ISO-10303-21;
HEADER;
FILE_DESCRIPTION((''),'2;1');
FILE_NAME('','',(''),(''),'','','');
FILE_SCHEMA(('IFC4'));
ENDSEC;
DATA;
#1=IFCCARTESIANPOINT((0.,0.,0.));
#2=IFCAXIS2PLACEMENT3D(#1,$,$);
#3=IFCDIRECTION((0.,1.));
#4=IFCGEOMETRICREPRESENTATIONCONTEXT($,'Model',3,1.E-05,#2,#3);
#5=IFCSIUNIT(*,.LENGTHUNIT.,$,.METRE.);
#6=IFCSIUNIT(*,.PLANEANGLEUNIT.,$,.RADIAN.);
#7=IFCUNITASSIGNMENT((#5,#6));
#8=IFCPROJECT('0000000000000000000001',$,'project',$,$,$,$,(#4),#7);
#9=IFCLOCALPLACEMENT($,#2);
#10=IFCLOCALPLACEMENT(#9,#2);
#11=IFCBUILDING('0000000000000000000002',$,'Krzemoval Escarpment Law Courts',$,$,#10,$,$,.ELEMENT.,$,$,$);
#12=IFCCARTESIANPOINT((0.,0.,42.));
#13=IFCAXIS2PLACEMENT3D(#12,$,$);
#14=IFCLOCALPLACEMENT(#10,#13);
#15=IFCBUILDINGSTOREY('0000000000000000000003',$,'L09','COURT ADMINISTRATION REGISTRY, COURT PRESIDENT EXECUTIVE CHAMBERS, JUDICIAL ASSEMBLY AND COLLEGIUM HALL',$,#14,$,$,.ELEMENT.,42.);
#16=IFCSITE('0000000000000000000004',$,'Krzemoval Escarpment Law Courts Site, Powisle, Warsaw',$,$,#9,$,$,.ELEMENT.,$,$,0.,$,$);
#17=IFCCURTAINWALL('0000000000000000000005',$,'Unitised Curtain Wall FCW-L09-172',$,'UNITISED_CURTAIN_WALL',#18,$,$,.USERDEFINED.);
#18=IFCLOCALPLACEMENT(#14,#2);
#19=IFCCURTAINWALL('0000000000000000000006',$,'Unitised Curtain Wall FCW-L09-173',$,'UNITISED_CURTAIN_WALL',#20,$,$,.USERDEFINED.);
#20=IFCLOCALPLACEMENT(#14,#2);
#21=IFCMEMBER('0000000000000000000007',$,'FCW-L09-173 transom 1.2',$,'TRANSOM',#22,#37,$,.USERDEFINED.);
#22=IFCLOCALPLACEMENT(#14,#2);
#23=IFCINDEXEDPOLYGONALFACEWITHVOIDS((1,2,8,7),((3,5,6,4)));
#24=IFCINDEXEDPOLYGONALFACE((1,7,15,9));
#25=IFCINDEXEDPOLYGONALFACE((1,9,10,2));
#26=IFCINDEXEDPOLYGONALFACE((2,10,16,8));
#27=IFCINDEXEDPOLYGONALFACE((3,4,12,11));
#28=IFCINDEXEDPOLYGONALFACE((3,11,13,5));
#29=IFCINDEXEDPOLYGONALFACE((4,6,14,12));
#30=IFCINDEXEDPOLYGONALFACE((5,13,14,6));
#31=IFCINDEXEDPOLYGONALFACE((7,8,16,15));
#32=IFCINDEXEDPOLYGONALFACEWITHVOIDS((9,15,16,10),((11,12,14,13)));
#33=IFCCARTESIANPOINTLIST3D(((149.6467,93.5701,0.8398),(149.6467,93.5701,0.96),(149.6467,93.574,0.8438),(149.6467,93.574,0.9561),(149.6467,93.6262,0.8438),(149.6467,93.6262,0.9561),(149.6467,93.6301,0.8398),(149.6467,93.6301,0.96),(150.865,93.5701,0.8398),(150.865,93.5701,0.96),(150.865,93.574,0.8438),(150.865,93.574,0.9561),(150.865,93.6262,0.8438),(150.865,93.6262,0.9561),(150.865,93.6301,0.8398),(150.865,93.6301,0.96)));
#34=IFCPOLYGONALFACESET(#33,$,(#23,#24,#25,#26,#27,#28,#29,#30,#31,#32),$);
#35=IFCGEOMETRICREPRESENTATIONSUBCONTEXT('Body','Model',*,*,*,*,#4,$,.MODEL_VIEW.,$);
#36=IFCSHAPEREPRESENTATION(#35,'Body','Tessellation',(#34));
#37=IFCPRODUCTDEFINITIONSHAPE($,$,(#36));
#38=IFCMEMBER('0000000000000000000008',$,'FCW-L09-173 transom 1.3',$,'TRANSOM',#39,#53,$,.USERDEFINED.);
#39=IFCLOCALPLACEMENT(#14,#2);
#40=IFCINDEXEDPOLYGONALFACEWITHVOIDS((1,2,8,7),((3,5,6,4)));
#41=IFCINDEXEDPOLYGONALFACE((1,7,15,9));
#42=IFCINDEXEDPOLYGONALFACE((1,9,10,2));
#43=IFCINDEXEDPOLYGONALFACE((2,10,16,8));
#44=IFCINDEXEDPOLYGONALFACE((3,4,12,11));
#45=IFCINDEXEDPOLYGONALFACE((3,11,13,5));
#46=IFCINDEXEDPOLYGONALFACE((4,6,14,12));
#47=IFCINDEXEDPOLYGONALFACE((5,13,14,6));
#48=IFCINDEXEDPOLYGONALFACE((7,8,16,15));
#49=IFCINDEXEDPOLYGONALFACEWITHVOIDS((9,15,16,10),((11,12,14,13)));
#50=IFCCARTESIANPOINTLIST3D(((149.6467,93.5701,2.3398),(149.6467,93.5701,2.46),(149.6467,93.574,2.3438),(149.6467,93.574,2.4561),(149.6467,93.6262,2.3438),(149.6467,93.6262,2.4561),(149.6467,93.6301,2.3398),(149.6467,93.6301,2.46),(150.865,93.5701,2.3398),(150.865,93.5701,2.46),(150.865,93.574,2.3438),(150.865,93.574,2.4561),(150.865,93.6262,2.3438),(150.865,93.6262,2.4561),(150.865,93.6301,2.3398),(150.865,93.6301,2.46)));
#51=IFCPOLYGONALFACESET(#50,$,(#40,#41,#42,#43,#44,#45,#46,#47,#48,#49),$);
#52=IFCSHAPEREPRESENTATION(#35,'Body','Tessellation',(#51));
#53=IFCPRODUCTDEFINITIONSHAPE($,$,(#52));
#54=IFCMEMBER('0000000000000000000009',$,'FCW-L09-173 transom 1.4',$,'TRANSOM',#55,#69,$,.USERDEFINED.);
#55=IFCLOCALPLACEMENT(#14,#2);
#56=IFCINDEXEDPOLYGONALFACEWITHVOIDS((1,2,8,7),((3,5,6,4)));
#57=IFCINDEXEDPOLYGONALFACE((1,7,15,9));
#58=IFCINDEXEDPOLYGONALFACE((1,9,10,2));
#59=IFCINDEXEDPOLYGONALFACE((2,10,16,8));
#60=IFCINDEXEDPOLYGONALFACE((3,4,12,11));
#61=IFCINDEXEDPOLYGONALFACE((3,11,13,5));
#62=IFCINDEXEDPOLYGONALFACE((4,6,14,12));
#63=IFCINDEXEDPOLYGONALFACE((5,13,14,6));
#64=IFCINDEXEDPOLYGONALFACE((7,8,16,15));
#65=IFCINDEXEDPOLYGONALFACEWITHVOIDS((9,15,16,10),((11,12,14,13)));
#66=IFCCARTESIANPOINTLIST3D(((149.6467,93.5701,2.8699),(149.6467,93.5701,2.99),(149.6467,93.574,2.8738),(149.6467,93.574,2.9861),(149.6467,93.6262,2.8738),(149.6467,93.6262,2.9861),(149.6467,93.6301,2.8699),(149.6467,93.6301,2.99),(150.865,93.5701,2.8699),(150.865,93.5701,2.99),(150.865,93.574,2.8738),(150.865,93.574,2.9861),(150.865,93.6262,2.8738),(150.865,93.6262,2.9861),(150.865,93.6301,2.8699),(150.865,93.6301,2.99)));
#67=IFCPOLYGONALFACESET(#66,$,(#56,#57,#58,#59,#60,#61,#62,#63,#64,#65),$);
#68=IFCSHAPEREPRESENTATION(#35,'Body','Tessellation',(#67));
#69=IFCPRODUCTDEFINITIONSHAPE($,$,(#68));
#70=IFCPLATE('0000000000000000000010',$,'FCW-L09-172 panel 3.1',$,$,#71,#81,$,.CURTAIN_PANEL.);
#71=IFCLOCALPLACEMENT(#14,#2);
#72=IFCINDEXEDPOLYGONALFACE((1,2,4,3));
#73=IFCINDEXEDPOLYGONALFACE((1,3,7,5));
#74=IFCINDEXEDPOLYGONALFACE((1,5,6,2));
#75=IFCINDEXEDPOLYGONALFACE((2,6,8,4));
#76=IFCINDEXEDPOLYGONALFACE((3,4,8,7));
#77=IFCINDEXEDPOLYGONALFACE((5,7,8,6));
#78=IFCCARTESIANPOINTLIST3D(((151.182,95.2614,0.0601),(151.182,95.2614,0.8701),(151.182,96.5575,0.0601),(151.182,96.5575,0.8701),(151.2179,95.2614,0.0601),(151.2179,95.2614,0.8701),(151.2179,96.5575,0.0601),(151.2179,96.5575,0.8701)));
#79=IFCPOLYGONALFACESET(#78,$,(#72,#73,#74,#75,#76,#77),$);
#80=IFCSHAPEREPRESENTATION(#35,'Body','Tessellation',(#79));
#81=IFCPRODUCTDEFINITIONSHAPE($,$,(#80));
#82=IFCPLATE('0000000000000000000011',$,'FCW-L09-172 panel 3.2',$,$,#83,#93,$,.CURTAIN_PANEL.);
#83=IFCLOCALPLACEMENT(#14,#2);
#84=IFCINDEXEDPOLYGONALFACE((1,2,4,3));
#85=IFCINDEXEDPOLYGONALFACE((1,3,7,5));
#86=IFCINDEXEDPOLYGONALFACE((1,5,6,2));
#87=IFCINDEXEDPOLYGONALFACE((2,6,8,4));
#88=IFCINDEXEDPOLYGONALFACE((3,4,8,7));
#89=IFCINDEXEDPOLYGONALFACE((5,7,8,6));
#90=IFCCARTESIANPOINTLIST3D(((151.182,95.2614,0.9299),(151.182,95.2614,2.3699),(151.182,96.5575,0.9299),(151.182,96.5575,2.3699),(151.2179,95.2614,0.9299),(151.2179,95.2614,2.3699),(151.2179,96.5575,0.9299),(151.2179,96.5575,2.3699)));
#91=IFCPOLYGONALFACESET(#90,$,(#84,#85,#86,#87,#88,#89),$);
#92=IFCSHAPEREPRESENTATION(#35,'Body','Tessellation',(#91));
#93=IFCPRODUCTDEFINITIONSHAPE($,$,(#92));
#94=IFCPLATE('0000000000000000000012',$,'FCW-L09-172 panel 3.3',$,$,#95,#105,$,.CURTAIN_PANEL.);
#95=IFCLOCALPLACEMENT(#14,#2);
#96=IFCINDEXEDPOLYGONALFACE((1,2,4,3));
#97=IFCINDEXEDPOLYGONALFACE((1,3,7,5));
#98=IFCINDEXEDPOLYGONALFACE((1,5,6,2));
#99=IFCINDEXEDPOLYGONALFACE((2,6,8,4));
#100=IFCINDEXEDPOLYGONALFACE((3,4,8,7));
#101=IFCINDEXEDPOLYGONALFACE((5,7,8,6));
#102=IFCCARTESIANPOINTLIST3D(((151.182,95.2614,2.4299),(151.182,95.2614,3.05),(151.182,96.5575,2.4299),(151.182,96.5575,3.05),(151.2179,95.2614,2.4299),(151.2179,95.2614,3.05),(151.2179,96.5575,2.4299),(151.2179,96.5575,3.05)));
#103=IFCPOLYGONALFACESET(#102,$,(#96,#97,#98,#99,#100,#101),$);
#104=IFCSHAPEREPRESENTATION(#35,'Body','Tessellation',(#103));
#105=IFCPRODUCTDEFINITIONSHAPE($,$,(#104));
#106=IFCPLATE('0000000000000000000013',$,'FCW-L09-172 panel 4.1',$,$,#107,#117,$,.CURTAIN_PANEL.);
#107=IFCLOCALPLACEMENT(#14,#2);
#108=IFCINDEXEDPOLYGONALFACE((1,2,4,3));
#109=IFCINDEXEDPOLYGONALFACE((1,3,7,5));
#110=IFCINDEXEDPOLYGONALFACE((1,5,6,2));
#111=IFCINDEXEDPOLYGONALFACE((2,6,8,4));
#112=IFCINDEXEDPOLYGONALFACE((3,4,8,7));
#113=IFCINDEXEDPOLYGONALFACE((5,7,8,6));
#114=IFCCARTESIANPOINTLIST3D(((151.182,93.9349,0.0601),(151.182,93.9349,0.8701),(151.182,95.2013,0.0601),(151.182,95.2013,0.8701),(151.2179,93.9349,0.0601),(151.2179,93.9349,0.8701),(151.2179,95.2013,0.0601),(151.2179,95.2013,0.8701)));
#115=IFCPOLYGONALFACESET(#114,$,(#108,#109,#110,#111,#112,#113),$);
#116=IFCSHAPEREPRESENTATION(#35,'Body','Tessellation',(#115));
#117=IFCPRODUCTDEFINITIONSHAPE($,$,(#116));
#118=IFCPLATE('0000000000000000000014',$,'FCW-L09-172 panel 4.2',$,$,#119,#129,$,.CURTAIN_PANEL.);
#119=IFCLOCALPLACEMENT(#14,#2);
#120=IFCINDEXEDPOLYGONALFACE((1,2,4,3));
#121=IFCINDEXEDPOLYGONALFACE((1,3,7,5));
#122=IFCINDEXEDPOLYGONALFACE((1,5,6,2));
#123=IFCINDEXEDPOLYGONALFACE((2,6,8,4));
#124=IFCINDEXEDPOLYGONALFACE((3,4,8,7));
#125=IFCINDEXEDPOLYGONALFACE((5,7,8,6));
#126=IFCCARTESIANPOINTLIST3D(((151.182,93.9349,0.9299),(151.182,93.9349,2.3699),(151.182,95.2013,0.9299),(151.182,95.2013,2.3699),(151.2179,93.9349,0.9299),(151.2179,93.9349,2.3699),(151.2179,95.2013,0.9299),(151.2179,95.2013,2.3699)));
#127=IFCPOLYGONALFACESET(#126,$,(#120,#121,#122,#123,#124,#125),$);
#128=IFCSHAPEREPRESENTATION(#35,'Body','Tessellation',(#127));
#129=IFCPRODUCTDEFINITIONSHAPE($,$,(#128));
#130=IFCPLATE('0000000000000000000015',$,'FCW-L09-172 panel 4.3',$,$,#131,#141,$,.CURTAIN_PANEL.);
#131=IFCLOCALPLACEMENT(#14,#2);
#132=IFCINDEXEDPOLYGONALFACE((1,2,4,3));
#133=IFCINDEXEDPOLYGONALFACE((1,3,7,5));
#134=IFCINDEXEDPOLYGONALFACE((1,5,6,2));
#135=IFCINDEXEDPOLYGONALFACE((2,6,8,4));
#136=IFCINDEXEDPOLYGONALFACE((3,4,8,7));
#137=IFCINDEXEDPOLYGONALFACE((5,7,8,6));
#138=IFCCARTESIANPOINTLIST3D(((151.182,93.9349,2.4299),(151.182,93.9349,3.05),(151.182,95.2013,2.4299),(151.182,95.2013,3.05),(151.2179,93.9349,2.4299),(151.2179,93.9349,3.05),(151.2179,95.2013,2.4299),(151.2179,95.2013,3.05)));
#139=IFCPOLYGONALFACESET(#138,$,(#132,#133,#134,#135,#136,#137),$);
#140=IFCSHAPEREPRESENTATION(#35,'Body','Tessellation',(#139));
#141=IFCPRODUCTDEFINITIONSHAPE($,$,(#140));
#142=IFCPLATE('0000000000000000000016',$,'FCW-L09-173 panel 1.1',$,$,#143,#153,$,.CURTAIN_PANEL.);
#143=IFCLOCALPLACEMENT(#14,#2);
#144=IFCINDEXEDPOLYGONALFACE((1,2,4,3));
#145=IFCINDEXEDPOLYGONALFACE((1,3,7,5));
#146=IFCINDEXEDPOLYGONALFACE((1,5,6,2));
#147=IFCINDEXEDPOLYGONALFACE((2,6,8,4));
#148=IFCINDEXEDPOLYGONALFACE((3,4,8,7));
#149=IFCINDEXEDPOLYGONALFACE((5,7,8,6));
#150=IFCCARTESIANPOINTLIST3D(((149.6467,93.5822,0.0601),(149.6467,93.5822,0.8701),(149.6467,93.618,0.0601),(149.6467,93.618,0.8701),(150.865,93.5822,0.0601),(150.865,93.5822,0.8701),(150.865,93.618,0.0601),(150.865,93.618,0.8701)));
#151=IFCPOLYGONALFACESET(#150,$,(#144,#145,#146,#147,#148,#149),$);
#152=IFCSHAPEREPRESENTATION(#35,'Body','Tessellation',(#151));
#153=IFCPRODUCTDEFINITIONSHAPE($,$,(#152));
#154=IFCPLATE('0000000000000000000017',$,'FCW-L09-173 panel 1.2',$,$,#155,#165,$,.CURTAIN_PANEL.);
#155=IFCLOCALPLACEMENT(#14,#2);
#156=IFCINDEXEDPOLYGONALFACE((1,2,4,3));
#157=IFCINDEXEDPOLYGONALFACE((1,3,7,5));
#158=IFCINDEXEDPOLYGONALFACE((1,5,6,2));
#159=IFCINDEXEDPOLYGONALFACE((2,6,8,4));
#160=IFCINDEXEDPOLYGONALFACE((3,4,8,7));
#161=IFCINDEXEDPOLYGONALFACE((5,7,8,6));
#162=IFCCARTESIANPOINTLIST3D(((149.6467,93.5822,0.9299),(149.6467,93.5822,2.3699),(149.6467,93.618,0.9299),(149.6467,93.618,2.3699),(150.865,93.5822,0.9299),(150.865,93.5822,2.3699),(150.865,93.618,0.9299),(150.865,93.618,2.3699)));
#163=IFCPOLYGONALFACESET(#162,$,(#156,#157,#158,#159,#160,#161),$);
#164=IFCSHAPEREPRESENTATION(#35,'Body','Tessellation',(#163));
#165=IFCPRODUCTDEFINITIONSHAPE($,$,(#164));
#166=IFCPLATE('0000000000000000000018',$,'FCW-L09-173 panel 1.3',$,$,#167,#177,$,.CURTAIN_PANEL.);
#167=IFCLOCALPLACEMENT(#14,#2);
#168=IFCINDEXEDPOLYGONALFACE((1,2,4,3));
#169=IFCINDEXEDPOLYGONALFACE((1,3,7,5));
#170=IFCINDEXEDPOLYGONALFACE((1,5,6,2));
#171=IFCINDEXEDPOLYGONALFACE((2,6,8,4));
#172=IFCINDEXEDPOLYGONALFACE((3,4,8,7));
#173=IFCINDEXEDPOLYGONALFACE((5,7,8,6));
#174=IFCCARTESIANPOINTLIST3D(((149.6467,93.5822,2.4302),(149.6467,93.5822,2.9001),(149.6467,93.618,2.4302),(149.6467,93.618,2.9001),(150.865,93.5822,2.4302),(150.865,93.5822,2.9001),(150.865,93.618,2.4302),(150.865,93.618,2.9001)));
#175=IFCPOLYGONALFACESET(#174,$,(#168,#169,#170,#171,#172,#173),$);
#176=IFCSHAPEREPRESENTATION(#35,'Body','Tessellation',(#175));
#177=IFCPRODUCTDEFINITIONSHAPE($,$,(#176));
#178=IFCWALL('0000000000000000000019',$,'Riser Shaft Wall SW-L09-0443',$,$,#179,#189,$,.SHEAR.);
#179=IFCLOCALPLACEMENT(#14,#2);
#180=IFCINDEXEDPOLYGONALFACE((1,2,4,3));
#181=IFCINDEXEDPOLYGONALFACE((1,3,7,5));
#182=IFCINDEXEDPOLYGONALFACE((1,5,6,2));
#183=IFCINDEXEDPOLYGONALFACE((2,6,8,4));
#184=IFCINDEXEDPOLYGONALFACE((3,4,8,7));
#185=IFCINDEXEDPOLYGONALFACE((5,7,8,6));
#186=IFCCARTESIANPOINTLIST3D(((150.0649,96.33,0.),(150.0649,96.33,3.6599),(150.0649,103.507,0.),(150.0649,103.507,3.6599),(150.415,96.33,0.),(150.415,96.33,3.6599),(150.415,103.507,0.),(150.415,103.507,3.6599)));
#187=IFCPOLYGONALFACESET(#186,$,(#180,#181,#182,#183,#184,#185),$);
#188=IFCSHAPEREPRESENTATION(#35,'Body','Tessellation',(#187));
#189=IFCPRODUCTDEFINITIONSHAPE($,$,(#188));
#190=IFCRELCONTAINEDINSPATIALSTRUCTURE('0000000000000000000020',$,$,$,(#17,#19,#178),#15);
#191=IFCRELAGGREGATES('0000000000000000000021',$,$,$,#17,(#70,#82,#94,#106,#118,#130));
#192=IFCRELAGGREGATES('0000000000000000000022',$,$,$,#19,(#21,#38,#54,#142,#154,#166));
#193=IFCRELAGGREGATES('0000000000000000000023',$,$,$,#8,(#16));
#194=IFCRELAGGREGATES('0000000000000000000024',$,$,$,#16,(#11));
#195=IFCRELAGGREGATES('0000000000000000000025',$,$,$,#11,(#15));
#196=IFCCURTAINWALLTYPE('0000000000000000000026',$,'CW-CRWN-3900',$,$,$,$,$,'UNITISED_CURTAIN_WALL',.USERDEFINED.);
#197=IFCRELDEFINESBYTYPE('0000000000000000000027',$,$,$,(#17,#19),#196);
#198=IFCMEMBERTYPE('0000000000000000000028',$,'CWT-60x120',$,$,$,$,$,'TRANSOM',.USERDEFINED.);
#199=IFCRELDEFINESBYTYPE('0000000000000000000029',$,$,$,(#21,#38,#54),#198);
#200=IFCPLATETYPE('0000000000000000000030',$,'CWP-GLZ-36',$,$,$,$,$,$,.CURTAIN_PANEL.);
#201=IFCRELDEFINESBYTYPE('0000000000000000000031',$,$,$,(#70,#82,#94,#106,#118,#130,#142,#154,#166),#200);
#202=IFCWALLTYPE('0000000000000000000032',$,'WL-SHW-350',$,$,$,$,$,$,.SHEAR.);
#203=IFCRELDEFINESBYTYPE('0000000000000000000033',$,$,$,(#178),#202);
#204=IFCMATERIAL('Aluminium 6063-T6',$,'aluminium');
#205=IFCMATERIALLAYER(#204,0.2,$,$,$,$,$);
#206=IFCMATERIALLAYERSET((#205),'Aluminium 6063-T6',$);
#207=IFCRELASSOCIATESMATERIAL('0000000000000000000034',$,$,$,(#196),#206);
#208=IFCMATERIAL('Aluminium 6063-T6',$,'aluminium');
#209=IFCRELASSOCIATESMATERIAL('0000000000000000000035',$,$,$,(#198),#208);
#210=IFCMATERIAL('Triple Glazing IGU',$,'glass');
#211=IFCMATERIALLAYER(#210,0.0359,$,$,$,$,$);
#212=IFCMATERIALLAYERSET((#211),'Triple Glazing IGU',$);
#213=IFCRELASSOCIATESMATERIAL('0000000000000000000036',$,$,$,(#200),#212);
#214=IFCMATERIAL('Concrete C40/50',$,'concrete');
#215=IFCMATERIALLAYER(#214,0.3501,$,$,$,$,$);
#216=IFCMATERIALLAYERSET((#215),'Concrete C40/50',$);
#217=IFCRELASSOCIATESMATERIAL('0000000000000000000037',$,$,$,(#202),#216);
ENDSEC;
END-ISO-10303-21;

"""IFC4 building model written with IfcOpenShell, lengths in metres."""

from ifc_helpers import new_model, si_unit, direction, frame, frame_2d, origin, origin_2d, place, context, subcontext, project, spatial, rectangle, hollow_rectangle, extrude, material, layer, layer_set, material_profile, profile_set, type_object, element, aggregate, save


model = new_model("IFC4")

# Units and contexts
model_context = context("Model", 3, precision=1e-05, world=origin(), true_north=direction((0.0, 1.0)))
body_context = subcontext(model_context, "Body", "Model", "MODEL_VIEW")
ifc_project = project(units=[si_unit("LENGTHUNIT", "METRE"), si_unit("PLANEANGLEUNIT", "RADIAN")], contexts=[model_context])

# Site, building, storey
site_placement = place(None, origin())
site = spatial("IfcSite", under=ifc_project, at=site_placement, Name="Krzemoval Escarpment Law Courts Site, Powisle, Warsaw", CompositionType="ELEMENT", RefElevation=0.0)
building_placement = place(site_placement, origin())
building = spatial("IfcBuilding", under=site, at=building_placement, Name="Krzemoval Escarpment Law Courts", CompositionType="ELEMENT")
storey_placement = place(building_placement, frame((0.0, 0.0, 42.0)))
storey = spatial("IfcBuildingStorey", under=building, at=storey_placement, Name="L09", Description="COURT ADMINISTRATION REGISTRY, COURT PRESIDENT EXECUTIVE CHAMBERS, JUDICIAL ASSEMBLY AND COLLEGIUM HALL", CompositionType="ELEMENT", Elevation=42.0)

# Curtain walls
ifc_material_1 = material(Name="Aluminium 6063-T6", Category="aluminium")
ifc_layer_1 = layer(ifc_material_1, 0.2)
ifc_layer_set_1 = layer_set([ifc_layer_1], Name="Aluminium 6063-T6")
curtain_wall_type = type_object("IfcCurtainWallType", Name="CW-CRWN-3900", ElementType="UNITISED_CURTAIN_WALL", PredefinedType="USERDEFINED", material=ifc_layer_set_1)
curtain_wall_1_placement = place(storey_placement, origin())
curtain_wall_1 = element("IfcCurtainWall", 1, at=curtain_wall_1_placement, inside=storey, type_object=curtain_wall_type, Name="Unitised Curtain Wall FCW-L09-172", ObjectType="UNITISED_CURTAIN_WALL", PredefinedType="USERDEFINED")
curtain_wall_2_placement = place(storey_placement, origin())
curtain_wall_2 = element("IfcCurtainWall", 2, at=curtain_wall_2_placement, inside=storey, type_object=curtain_wall_type, Name="Unitised Curtain Wall FCW-L09-173", ObjectType="UNITISED_CURTAIN_WALL", PredefinedType="USERDEFINED")

# Members
ifc_material_2 = material(Name="Aluminium 6063-T6", Category="aluminium")
ifc_material_profile_1 = material_profile(ifc_material_2, hollow_rectangle(XDim=0.0601, YDim=0.1201, WallThickness=0.0039, at=origin_2d()), Name="ALU T60x120")
ifc_profile_set_1 = profile_set([ifc_material_profile_1], Name="Aluminium 6063-T6")
member_type_1 = type_object("IfcMemberType", Name="CWT-60x120", ElementType="TRANSOM", PredefinedType="USERDEFINED", material=ifc_profile_set_1)
member_1_placement = place(storey_placement, frame((150.865, 93.6001, 0.8999), z_axis=(-1.0, 0.0, 0.0), x_axis=(0.0, -1.0, 0.0)))
member_1 = element("IfcMember", 3, at=member_1_placement, type_object=member_type_1, Name="FCW-L09-173 transom 1.2", ObjectType="TRANSOM", PredefinedType="USERDEFINED", context=body_context, shape_type="SweptSolid", body=[
    extrude(hollow_rectangle(XDim=0.0601, YDim=0.1201, WallThickness=0.0039, at=origin_2d()), origin(), (0.0, 0.0, 1.0), 1.2183),
])
member_2_placement = place(storey_placement, frame((150.865, 93.6001, 2.3999), z_axis=(-1.0, 0.0, 0.0), x_axis=(0.0, -1.0, 0.0)))
member_2 = element("IfcMember", 4, at=member_2_placement, type_object=member_type_1, Name="FCW-L09-173 transom 1.3", ObjectType="TRANSOM", PredefinedType="USERDEFINED", context=body_context, shape_type="SweptSolid", body=[
    extrude(hollow_rectangle(XDim=0.0601, YDim=0.1201, WallThickness=0.0039, at=origin_2d()), origin(), (0.0, 0.0, 1.0), 1.2183),
])
member_3_placement = place(storey_placement, frame((150.865, 93.6001, 2.9299), z_axis=(-1.0, 0.0, 0.0), x_axis=(0.0, -1.0, 0.0)))
member_3 = element("IfcMember", 5, at=member_3_placement, type_object=member_type_1, Name="FCW-L09-173 transom 1.4", ObjectType="TRANSOM", PredefinedType="USERDEFINED", context=body_context, shape_type="SweptSolid", body=[
    extrude(hollow_rectangle(XDim=0.0601, YDim=0.1201, WallThickness=0.0039, at=origin_2d()), origin(), (0.0, 0.0, 1.0), 1.2183),
])

# Plates
ifc_material_3 = material(Name="Triple Glazing IGU", Category="glass")
ifc_layer_2 = layer(ifc_material_3, 0.0359)
ifc_layer_set_2 = layer_set([ifc_layer_2], Name="Triple Glazing IGU")
plate_type = type_object("IfcPlateType", Name="CWP-GLZ-36", PredefinedType="CURTAIN_PANEL", material=ifc_layer_set_2)
plate_1_placement = place(storey_placement, frame((151.2, 95.9094, 0.0601), z_axis=(0.0, 0.0, 1.0), x_axis=(0.0, -1.0, 0.0)))
plate_1 = element("IfcPlate", 6, at=plate_1_placement, type_object=plate_type, Name="FCW-L09-172 panel 3.1", PredefinedType="CURTAIN_PANEL", context=body_context, shape_type="SweptSolid", body=[
    extrude(rectangle(XDim=1.2961, YDim=0.0359, at=origin_2d()), origin(), (0.0, 0.0, 1.0), 0.8101),
])
plate_2_placement = place(storey_placement, frame((151.2, 95.9094, 0.9299), z_axis=(0.0, 0.0, 1.0), x_axis=(0.0, -1.0, 0.0)))
plate_2 = element("IfcPlate", 7, at=plate_2_placement, type_object=plate_type, Name="FCW-L09-172 panel 3.2", PredefinedType="CURTAIN_PANEL", context=body_context, shape_type="SweptSolid", body=[
    extrude(rectangle(XDim=1.2961, YDim=0.0359, at=origin_2d()), origin(), (0.0, 0.0, 1.0), 1.4399),
])
plate_3_placement = place(storey_placement, frame((151.2, 95.9094, 2.4299), z_axis=(0.0, 0.0, 1.0), x_axis=(0.0, -1.0, 0.0)))
plate_3 = element("IfcPlate", 8, at=plate_3_placement, type_object=plate_type, Name="FCW-L09-172 panel 3.3", PredefinedType="CURTAIN_PANEL", context=body_context, shape_type="SweptSolid", body=[
    extrude(rectangle(XDim=1.2961, YDim=0.0359, at=origin_2d()), origin(), (0.0, 0.0, 1.0), 0.6201),
])
plate_4_placement = place(storey_placement, frame((151.2, 94.5681, 0.0601), z_axis=(0.0, 0.0, 1.0), x_axis=(0.0, -1.0, 0.0)))
plate_4 = element("IfcPlate", 9, at=plate_4_placement, type_object=plate_type, Name="FCW-L09-172 panel 4.1", PredefinedType="CURTAIN_PANEL", context=body_context, shape_type="SweptSolid", body=[
    extrude(rectangle(XDim=1.2664, YDim=0.0359, at=origin_2d()), origin(), (0.0, 0.0, 1.0), 0.8101),
])
plate_5_placement = place(storey_placement, frame((151.2, 94.5681, 0.9299), z_axis=(0.0, 0.0, 1.0), x_axis=(0.0, -1.0, 0.0)))
plate_5 = element("IfcPlate", 10, at=plate_5_placement, type_object=plate_type, Name="FCW-L09-172 panel 4.2", PredefinedType="CURTAIN_PANEL", context=body_context, shape_type="SweptSolid", body=[
    extrude(rectangle(XDim=1.2664, YDim=0.0359, at=origin_2d()), origin(), (0.0, 0.0, 1.0), 1.4399),
])
plate_6_placement = place(storey_placement, frame((151.2, 94.5681, 2.4299), z_axis=(0.0, 0.0, 1.0), x_axis=(0.0, -1.0, 0.0)))
plate_6 = element("IfcPlate", 11, at=plate_6_placement, type_object=plate_type, Name="FCW-L09-172 panel 4.3", PredefinedType="CURTAIN_PANEL", context=body_context, shape_type="SweptSolid", body=[
    extrude(rectangle(XDim=1.2664, YDim=0.0359, at=origin_2d()), origin(), (0.0, 0.0, 1.0), 0.6201),
])
aggregate(curtain_wall_1, [plate_1, plate_2, plate_3, plate_4, plate_5, plate_6])
plate_7_placement = place(storey_placement, frame((150.2559, 93.6001, 0.0601), z_axis=(0.0, 0.0, 1.0), x_axis=(-1.0, 0.0, 0.0)))
plate_7 = element("IfcPlate", 12, at=plate_7_placement, type_object=plate_type, Name="FCW-L09-173 panel 1.1", PredefinedType="CURTAIN_PANEL", context=body_context, shape_type="SweptSolid", body=[
    extrude(rectangle(XDim=1.2183, YDim=0.0359, at=origin_2d()), origin(), (0.0, 0.0, 1.0), 0.8101),
])
plate_8_placement = place(storey_placement, frame((150.2559, 93.6001, 0.9299), z_axis=(0.0, 0.0, 1.0), x_axis=(-1.0, 0.0, 0.0)))
plate_8 = element("IfcPlate", 13, at=plate_8_placement, type_object=plate_type, Name="FCW-L09-173 panel 1.2", PredefinedType="CURTAIN_PANEL", context=body_context, shape_type="SweptSolid", body=[
    extrude(rectangle(XDim=1.2183, YDim=0.0359, at=origin_2d()), origin(), (0.0, 0.0, 1.0), 1.4399),
])
plate_9_placement = place(storey_placement, frame((150.2559, 93.6001, 2.4302), z_axis=(0.0, 0.0, 1.0), x_axis=(-1.0, 0.0, 0.0)))
plate_9 = element("IfcPlate", 14, at=plate_9_placement, type_object=plate_type, Name="FCW-L09-173 panel 1.3", PredefinedType="CURTAIN_PANEL", context=body_context, shape_type="SweptSolid", body=[
    extrude(rectangle(XDim=1.2183, YDim=0.0359, at=origin_2d()), origin(), (0.0, 0.0, 1.0), 0.47),
])
aggregate(curtain_wall_2, [member_1, member_2, member_3, plate_7, plate_8, plate_9])

# Wall
ifc_material_4 = material(Name="Concrete C40/50", Category="concrete")
ifc_layer_3 = layer(ifc_material_4, 0.3501)
ifc_layer_set_3 = layer_set([ifc_layer_3], Name="Concrete C40/50")
wall_type = type_object("IfcWallType", Name="WL-SHW-350", PredefinedType="SHEAR", material=ifc_layer_set_3)
wall_placement = place(storey_placement, frame((150.24, 96.3301, 0.0), z_axis=(0.0, 0.0, 1.0), x_axis=(0.0, 1.0, 0.0)))
element("IfcWall", 15, at=wall_placement, inside=storey, type_object=wall_type, Name="Riser Shaft Wall SW-L09-0443", PredefinedType="SHEAR", context=body_context, shape_type="SweptSolid", body=[
    extrude(rectangle(XDim=7.177, YDim=0.3501, at=frame_2d((3.5884, 0.0))), origin(), (0.0, 0.0, 1.0), 3.6599),
])

save(model, "model.ifc")
